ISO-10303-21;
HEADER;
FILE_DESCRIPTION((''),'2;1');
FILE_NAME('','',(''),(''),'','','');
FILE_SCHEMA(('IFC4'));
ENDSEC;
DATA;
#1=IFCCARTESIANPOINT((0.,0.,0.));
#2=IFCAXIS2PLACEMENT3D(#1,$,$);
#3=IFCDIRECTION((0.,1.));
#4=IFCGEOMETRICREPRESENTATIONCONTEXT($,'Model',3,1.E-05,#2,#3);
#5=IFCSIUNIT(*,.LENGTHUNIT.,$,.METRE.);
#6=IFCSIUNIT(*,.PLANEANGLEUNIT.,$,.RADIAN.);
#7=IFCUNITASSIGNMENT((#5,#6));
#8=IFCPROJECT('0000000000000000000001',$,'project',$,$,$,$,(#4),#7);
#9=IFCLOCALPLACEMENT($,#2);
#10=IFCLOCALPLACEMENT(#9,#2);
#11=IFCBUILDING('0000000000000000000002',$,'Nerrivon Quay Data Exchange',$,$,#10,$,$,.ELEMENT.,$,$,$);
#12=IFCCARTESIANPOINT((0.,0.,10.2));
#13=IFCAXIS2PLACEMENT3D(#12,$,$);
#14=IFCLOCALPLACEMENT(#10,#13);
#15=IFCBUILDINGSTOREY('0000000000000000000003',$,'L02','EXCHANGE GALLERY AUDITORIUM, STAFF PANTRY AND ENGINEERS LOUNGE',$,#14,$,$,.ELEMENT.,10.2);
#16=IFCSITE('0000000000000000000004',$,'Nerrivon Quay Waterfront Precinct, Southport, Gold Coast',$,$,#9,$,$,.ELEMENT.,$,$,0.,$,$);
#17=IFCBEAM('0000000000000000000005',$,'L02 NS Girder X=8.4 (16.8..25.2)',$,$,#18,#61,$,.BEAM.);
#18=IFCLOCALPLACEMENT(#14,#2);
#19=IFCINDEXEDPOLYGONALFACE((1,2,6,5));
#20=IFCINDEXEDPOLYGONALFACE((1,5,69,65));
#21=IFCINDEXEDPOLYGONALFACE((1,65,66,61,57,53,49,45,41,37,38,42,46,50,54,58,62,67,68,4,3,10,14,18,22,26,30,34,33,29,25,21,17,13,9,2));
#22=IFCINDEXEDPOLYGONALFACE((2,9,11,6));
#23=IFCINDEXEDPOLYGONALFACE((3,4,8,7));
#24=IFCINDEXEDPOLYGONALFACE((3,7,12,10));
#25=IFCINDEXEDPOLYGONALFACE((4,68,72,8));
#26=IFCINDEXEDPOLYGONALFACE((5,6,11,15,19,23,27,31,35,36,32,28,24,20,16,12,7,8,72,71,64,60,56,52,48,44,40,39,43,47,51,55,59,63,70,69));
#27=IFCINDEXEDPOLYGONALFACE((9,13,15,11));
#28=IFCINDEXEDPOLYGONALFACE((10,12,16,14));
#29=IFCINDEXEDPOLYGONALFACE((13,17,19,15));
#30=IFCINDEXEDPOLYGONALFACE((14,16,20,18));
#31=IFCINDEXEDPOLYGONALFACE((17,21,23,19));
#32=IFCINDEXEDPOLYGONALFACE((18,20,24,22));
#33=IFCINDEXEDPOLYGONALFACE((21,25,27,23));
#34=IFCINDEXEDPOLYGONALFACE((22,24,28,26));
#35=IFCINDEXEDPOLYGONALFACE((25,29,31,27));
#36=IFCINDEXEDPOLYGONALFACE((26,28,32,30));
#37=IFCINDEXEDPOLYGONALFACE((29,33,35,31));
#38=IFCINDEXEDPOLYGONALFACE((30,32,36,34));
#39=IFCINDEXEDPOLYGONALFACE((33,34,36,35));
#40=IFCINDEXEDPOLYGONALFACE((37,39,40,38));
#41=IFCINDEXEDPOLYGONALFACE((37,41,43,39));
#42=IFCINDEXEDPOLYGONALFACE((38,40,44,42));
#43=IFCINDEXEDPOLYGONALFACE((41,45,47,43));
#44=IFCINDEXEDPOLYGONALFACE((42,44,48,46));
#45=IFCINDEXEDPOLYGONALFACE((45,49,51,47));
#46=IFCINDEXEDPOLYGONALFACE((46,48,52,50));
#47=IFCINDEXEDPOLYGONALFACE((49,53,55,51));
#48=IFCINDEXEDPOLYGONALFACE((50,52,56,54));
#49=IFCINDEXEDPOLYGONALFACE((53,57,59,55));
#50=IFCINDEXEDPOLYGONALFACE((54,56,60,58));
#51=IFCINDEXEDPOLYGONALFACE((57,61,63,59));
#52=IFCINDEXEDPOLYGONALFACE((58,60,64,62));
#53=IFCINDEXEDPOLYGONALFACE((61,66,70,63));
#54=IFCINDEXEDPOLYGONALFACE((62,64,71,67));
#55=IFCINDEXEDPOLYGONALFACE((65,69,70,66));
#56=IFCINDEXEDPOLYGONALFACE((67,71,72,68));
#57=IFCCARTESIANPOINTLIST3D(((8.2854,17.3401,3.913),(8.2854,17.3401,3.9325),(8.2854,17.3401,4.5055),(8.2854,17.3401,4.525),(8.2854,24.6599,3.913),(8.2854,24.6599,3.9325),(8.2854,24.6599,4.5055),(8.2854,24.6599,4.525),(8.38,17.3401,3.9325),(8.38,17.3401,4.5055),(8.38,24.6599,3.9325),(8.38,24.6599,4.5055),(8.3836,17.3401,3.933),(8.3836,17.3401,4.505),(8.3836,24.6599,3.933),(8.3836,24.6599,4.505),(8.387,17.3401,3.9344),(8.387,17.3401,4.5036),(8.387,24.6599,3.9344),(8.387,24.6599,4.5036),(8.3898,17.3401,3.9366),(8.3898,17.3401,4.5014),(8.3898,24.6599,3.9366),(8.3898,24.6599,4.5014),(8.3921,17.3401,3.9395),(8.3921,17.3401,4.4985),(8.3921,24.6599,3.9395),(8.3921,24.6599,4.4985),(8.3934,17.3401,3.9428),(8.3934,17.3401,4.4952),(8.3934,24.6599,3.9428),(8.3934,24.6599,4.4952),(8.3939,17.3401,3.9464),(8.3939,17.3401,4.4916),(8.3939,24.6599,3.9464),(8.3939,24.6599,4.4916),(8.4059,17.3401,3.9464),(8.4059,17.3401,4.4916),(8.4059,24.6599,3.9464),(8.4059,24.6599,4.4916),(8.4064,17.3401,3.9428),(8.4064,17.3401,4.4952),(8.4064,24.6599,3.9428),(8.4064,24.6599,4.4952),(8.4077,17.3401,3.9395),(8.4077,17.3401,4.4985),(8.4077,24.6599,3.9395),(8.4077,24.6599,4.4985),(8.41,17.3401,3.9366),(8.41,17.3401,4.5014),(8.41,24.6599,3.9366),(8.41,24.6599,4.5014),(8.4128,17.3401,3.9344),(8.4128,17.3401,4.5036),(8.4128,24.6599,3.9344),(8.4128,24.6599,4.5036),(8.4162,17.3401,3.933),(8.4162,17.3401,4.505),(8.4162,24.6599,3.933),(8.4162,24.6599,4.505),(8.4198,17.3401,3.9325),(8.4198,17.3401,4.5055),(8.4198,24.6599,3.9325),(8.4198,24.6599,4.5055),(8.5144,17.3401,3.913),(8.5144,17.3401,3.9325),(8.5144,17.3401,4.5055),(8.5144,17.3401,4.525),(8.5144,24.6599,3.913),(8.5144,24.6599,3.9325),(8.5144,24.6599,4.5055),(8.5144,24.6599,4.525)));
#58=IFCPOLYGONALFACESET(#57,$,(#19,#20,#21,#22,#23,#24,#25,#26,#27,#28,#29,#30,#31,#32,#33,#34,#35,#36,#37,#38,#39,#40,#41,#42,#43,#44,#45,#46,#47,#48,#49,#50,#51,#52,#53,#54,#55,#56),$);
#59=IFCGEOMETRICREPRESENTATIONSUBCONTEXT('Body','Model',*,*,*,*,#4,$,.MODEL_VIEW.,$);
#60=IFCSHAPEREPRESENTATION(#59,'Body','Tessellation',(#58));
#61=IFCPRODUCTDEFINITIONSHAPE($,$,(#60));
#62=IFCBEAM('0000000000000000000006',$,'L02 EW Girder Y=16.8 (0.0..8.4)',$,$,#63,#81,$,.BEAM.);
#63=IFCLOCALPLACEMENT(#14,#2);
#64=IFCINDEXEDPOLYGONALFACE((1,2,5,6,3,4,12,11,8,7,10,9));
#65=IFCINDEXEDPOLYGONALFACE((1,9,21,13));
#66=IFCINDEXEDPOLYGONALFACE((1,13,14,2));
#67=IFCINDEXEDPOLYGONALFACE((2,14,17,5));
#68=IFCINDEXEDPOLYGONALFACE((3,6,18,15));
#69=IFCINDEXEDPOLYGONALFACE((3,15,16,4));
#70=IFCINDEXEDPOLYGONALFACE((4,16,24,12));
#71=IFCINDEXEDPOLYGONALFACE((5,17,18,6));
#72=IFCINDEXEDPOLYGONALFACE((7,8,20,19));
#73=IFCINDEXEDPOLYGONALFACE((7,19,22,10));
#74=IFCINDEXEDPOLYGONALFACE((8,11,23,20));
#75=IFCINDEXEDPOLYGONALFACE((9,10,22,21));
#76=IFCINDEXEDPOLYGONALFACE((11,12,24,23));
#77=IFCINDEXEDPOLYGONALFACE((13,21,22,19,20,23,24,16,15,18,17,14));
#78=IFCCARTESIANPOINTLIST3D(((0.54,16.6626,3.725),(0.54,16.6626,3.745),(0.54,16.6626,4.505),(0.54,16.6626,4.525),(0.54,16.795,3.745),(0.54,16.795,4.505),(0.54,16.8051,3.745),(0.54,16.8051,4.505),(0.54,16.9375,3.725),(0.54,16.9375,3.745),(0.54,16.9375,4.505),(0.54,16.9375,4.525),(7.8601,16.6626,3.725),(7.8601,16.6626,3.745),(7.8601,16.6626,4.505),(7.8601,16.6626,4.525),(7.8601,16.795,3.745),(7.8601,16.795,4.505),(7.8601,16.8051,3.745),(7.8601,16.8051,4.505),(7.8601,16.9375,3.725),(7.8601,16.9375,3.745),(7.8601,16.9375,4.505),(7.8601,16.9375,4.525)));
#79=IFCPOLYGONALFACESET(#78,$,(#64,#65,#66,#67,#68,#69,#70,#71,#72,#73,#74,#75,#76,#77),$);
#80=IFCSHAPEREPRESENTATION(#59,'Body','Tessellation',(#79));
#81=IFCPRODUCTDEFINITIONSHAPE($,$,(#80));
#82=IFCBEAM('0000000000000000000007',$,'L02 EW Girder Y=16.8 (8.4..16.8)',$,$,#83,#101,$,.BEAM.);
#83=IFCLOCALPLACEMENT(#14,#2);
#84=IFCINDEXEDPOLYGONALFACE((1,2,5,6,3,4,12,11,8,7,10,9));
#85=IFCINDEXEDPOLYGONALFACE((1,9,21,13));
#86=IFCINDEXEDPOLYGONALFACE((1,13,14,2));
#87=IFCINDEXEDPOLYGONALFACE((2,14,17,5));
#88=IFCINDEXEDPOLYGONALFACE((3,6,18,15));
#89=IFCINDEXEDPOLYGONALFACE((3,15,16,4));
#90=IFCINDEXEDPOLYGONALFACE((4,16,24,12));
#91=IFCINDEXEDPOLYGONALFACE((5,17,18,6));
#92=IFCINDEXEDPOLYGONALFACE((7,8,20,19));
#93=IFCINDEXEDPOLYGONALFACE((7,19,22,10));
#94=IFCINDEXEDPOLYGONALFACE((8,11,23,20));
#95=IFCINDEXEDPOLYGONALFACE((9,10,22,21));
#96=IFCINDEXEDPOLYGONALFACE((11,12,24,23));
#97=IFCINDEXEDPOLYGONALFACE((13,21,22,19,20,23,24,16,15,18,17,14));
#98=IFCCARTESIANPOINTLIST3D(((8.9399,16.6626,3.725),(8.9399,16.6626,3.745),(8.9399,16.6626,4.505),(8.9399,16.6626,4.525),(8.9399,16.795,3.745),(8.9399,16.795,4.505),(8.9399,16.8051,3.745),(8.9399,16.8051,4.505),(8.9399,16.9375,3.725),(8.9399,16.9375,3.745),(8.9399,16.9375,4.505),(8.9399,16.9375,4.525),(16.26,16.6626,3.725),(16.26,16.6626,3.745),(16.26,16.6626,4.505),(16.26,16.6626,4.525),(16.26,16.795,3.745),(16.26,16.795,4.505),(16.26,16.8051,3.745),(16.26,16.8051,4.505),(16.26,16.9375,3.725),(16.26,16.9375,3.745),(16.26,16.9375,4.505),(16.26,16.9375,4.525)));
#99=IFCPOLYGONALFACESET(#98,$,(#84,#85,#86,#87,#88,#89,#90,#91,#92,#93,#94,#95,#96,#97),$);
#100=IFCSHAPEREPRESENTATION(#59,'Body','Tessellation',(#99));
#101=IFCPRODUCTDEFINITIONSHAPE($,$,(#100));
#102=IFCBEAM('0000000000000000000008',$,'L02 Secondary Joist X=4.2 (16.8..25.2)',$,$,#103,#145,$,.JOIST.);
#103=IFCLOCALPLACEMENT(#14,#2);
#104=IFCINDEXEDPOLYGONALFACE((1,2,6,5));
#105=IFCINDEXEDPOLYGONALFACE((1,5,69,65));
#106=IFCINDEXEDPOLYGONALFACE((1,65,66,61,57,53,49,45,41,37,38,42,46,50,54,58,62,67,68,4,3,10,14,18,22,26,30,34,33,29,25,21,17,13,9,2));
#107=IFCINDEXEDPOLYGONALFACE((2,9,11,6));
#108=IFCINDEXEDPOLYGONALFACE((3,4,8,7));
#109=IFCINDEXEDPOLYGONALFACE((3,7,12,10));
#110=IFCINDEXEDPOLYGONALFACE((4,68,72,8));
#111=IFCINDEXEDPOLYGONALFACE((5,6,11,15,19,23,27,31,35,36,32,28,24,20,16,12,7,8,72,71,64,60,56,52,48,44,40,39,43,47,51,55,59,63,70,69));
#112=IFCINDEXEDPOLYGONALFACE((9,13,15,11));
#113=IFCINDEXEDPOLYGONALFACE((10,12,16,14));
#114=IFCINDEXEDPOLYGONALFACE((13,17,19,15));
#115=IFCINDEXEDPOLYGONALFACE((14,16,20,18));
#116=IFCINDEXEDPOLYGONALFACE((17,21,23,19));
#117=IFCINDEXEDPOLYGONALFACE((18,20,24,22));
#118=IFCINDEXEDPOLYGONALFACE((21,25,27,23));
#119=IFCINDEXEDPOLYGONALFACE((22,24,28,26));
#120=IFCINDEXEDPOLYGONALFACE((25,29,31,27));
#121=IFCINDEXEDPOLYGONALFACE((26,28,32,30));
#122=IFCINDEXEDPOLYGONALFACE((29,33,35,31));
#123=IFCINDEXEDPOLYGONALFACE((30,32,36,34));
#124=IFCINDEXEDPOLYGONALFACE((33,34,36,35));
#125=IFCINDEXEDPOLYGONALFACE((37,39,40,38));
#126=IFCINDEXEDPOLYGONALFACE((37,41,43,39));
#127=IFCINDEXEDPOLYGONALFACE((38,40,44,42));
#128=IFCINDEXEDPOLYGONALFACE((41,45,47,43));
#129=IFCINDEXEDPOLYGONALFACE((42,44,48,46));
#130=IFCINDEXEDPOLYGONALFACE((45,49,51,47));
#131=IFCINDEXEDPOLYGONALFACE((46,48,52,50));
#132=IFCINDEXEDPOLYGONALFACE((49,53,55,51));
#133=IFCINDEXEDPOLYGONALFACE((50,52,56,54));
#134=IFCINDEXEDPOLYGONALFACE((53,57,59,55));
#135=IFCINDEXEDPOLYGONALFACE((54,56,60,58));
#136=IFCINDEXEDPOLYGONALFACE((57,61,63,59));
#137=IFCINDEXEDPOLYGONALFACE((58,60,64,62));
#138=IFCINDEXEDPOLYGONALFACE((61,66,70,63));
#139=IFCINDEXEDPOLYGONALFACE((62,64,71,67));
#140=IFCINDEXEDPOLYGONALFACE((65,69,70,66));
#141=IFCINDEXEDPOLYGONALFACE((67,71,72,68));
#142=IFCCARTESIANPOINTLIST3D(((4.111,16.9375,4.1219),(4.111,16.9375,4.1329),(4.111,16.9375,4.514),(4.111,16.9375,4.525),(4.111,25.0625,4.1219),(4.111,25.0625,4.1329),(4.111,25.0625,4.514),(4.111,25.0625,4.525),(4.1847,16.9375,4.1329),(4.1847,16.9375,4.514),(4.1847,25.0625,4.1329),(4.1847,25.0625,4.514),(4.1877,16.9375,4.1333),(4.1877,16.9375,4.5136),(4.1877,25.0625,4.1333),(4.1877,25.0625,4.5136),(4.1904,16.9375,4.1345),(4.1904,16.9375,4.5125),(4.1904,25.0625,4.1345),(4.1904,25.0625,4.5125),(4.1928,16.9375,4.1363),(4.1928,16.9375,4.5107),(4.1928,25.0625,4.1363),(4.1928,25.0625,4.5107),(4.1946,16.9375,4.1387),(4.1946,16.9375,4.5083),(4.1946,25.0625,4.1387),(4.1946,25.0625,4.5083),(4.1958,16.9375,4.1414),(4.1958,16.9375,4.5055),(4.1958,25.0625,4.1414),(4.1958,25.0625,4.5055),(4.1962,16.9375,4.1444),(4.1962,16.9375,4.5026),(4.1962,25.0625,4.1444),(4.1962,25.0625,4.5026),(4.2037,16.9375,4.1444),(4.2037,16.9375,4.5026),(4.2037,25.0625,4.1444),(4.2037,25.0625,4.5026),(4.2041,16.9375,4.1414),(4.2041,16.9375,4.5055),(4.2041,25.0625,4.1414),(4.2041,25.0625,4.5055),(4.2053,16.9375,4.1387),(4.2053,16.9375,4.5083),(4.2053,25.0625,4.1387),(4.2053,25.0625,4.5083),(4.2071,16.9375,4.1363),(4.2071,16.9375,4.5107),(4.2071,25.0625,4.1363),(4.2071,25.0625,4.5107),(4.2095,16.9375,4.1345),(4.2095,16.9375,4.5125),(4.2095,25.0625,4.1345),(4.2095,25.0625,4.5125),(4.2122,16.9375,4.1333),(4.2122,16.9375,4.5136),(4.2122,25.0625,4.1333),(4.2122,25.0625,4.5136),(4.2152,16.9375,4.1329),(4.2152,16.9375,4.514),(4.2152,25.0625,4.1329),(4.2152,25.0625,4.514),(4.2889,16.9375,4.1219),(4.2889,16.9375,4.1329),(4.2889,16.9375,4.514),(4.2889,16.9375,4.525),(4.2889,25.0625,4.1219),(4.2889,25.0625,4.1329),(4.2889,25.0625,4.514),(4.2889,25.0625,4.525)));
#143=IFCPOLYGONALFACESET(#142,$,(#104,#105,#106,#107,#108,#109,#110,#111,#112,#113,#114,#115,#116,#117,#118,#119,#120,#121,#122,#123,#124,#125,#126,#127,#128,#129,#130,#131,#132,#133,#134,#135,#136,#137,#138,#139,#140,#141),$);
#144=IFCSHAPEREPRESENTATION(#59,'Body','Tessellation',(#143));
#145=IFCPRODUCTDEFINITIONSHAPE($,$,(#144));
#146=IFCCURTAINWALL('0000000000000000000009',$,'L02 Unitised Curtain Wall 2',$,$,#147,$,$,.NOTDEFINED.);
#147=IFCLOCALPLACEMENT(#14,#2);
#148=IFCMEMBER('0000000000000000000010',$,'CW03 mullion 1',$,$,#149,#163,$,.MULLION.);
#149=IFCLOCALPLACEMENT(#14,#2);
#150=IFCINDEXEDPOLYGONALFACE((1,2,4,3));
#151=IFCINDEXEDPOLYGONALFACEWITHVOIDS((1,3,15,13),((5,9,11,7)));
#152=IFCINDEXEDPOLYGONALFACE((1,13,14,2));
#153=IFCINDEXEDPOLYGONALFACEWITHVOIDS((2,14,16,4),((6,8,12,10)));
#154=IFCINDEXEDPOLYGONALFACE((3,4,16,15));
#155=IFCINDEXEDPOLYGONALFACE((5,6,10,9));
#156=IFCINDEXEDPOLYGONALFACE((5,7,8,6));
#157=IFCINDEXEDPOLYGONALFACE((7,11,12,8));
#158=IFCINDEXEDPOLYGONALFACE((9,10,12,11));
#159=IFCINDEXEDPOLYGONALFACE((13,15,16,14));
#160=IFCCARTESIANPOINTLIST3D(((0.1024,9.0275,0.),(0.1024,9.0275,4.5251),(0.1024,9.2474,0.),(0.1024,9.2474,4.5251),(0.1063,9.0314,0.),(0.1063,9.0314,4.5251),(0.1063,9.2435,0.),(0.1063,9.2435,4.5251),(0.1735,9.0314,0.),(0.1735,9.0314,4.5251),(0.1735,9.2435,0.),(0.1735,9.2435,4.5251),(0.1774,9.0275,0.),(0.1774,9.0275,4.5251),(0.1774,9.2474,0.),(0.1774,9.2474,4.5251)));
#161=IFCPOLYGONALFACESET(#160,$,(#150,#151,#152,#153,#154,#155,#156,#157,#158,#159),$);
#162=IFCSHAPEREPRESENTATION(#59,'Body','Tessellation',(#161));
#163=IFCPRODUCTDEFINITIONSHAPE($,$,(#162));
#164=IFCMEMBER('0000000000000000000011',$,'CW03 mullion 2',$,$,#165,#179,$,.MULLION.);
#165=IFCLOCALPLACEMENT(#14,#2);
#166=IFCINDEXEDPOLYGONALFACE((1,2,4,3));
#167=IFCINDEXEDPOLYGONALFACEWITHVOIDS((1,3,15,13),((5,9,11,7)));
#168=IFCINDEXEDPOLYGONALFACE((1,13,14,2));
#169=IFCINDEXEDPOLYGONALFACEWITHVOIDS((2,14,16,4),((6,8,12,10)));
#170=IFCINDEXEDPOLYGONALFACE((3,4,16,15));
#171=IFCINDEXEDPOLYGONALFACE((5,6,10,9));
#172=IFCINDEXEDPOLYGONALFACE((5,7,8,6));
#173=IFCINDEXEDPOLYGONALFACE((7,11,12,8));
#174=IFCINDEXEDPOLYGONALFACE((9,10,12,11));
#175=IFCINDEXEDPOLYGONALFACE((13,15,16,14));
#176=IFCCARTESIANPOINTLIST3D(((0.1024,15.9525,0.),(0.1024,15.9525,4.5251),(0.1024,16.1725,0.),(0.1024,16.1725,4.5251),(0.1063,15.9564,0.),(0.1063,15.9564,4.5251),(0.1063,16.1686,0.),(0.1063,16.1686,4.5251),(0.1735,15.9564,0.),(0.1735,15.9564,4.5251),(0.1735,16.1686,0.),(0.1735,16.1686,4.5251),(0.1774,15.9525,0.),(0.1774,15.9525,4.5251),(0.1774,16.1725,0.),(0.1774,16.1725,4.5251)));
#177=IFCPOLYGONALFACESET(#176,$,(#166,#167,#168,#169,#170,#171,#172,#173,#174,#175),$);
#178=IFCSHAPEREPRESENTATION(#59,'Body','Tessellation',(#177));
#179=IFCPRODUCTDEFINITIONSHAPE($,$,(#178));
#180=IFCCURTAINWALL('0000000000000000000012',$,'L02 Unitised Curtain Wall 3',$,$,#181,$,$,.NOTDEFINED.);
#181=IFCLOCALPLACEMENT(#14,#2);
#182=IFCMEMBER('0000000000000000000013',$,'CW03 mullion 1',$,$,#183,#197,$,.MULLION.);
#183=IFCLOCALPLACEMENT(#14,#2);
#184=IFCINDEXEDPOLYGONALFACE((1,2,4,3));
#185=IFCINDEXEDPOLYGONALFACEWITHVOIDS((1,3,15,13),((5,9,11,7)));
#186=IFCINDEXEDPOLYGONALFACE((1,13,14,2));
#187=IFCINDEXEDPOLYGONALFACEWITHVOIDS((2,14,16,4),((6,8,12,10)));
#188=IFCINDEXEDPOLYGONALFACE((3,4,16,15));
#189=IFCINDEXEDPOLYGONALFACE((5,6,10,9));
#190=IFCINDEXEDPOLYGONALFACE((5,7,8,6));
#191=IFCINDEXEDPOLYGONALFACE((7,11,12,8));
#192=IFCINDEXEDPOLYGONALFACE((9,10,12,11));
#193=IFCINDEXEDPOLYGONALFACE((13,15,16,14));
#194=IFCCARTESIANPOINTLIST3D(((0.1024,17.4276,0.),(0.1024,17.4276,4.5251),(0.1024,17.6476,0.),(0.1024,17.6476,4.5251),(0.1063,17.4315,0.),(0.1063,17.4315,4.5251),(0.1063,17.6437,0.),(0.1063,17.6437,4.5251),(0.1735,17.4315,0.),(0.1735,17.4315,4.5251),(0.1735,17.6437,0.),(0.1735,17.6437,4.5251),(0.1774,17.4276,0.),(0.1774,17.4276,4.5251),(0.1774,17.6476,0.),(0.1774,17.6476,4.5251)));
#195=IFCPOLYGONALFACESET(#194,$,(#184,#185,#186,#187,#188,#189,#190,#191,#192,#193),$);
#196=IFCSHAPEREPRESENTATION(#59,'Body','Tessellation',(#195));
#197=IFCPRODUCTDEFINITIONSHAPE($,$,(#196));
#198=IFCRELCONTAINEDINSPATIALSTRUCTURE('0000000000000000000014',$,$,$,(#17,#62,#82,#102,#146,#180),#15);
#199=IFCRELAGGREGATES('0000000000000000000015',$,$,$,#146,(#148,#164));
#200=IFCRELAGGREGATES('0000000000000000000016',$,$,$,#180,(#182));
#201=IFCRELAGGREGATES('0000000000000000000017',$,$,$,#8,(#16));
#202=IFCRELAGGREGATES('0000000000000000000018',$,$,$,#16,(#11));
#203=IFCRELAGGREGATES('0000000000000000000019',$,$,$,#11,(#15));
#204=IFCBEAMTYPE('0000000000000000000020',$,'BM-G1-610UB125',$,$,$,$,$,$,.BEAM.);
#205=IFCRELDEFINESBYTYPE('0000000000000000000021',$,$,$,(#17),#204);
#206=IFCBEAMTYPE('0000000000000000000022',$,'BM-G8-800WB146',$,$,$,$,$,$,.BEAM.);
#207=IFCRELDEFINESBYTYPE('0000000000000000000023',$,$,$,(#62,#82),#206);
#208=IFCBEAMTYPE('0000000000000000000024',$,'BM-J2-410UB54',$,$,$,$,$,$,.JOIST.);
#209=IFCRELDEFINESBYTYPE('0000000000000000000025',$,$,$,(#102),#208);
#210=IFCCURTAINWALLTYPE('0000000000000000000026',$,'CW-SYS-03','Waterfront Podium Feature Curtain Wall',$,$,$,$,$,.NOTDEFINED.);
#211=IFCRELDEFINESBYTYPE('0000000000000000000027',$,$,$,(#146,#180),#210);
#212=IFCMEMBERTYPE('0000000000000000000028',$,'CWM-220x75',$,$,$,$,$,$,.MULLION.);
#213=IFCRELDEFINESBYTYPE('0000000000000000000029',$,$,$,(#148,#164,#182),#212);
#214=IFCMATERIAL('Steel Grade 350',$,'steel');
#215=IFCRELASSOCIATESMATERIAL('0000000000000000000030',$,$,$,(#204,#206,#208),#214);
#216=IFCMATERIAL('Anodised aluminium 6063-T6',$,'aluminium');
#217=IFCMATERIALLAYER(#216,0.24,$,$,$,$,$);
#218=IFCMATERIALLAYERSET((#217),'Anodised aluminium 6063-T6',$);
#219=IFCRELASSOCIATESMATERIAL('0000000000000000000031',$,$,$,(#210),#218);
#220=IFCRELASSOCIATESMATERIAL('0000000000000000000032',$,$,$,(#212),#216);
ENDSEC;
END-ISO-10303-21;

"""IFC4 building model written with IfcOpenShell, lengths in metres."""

from ifc_helpers import new_model, si_unit, direction, frame, origin, origin_2d, place, context, subcontext, project, spatial, hollow_rectangle, i_section, extrude, material, layer, layer_set, material_profile, profile_set, type_object, element, aggregate, save


model = new_model("IFC4")

# Units and contexts
model_context = context("Model", 3, precision=1e-05, world=origin(), true_north=direction((0.0, 1.0)))
body_context = subcontext(model_context, "Body", "Model", "MODEL_VIEW")
ifc_project = project(units=[si_unit("LENGTHUNIT", "METRE"), si_unit("PLANEANGLEUNIT", "RADIAN")], contexts=[model_context])

# Site, building, storey
site_placement = place(None, origin())
site = spatial("IfcSite", under=ifc_project, at=site_placement, Name="Nerrivon Quay Waterfront Precinct, Southport, Gold Coast", CompositionType="ELEMENT", RefElevation=0.0)
building_placement = place(site_placement, origin())
building = spatial("IfcBuilding", under=site, at=building_placement, Name="Nerrivon Quay Data Exchange", CompositionType="ELEMENT")
storey_placement = place(building_placement, frame((0.0, 0.0, 10.2)))
storey = spatial("IfcBuildingStorey", under=building, at=storey_placement, Name="L02", Description="EXCHANGE GALLERY AUDITORIUM, STAFF PANTRY AND ENGINEERS LOUNGE", CompositionType="ELEMENT", Elevation=10.2)

# Beams
ifc_material_1 = material(Name="Steel Grade 350", Category="steel")
ifc_material_profile_1 = material_profile(ifc_material_1, i_section(OverallWidth=0.229, OverallDepth=0.6121, WebThickness=0.012, FlangeThickness=0.0195, FilletRadius=0.0139, at=origin_2d()), Name="610UB125")
ifc_profile_set_1 = profile_set([ifc_material_profile_1], Name="Steel Grade 350")
beam_type_1 = type_object("IfcBeamType", Name="BM-G1-610UB125", PredefinedType="BEAM", material=ifc_profile_set_1)
beam_1_placement = place(storey_placement, frame((8.3999, 17.3401, 4.219), z_axis=(0.0, 1.0, 0.0), x_axis=(-1.0, 0.0, 0.0)))
element("IfcBeam", 1, at=beam_1_placement, inside=storey, type_object=beam_type_1, Name="L02 NS Girder X=8.4 (16.8..25.2)", PredefinedType="BEAM", context=body_context, shape_type="SweptSolid", body=[
    extrude(i_section(OverallWidth=0.229, OverallDepth=0.6121, WebThickness=0.012, FlangeThickness=0.0195, FilletRadius=0.0139, at=origin_2d()), origin(), (0.0, 0.0, 1.0), 7.3198),
])
ifc_material_profile_2 = material_profile(ifc_material_1, i_section(OverallWidth=0.2749, OverallDepth=0.8, WebThickness=0.01, FlangeThickness=0.02, at=origin_2d()), Name="800WB146")
ifc_profile_set_2 = profile_set([ifc_material_profile_2], Name="Steel Grade 350")
beam_type_2 = type_object("IfcBeamType", Name="BM-G8-800WB146", PredefinedType="BEAM", material=ifc_profile_set_2)
for number, where, z_axis, x_axis, name in (
    (2, (0.54, 16.8, 4.125), (1.0, 0.0, 0.0), (0.0, 1.0, 0.0), "L02 EW Girder Y=16.8 (0.0..8.4)"),
    (3, (8.9399, 16.8, 4.125), (1.0, 0.0, 0.0), (0.0, 1.0, 0.0), "L02 EW Girder Y=16.8 (8.4..16.8)"),
):
    element("IfcBeam", number, at=place(storey_placement, frame(where, z_axis=z_axis, x_axis=x_axis)), inside=storey, type_object=beam_type_2, Name=name, PredefinedType="BEAM", context=body_context, shape_type="SweptSolid", body=[
        extrude(i_section(OverallWidth=0.2749, OverallDepth=0.8, WebThickness=0.01, FlangeThickness=0.02, at=origin_2d()), origin(), (0.0, 0.0, 1.0), 7.3201),
    ])
ifc_material_profile_3 = material_profile(ifc_material_1, i_section(OverallWidth=0.178, OverallDepth=0.4031, WebThickness=0.0076, FlangeThickness=0.011, FilletRadius=0.0115, at=origin_2d()), Name="410UB53.7")
ifc_profile_set_3 = profile_set([ifc_material_profile_3], Name="Steel Grade 350")
beam_type_3 = type_object("IfcBeamType", Name="BM-J2-410UB54", PredefinedType="JOIST", material=ifc_profile_set_3)
beam_2_placement = place(storey_placement, frame((4.2, 16.9375, 4.3235), z_axis=(0.0, 1.0, 0.0), x_axis=(-1.0, 0.0, 0.0)))
element("IfcBeam", 4, at=beam_2_placement, inside=storey, type_object=beam_type_3, Name="L02 Secondary Joist X=4.2 (16.8..25.2)", PredefinedType="JOIST", context=body_context, shape_type="SweptSolid", body=[
    extrude(i_section(OverallWidth=0.178, OverallDepth=0.4031, WebThickness=0.0076, FlangeThickness=0.011, FilletRadius=0.0115, at=origin_2d()), origin(), (0.0, 0.0, 1.0), 8.125),
])

# Curtain wall, members
ifc_material_2 = material(Name="Anodised aluminium 6063-T6", Category="aluminium")
ifc_layer_1 = layer(ifc_material_2, 0.24)
ifc_layer_set_1 = layer_set([ifc_layer_1], Name="Anodised aluminium 6063-T6")
curtain_wall_type = type_object("IfcCurtainWallType", Name="CW-SYS-03", Description="Waterfront Podium Feature Curtain Wall", PredefinedType="NOTDEFINED", material=ifc_layer_set_1)
curtain_wall_1_placement = place(storey_placement, origin())
curtain_wall_1 = element("IfcCurtainWall", 5, at=curtain_wall_1_placement, inside=storey, type_object=curtain_wall_type, Name="L02 Unitised Curtain Wall 2", PredefinedType="NOTDEFINED")
ifc_material_profile_4 = material_profile(ifc_material_2, hollow_rectangle(XDim=0.075, YDim=0.22, WallThickness=0.0039, at=origin_2d()), Name="ALU-MULL-220x75")
ifc_profile_set_4 = profile_set([ifc_material_profile_4], Name="Anodised aluminium 6063-T6")
member_type_1 = type_object("IfcMemberType", Name="CWM-220x75", PredefinedType="MULLION", material=ifc_profile_set_4)
member_1_placement = place(storey_placement, frame((0.1399, 9.1375, 0.0), z_axis=(0.0, 0.0, 1.0), x_axis=(-1.0, 0.0, 0.0)))
member_1 = element("IfcMember", 6, at=member_1_placement, type_object=member_type_1, Name="CW03 mullion 1", PredefinedType="MULLION", context=body_context, shape_type="SweptSolid", body=[
    extrude(hollow_rectangle(XDim=0.075, YDim=0.22, WallThickness=0.0039, at=origin_2d()), origin(), (0.0, 0.0, 1.0), 4.5251),
])
member_2_placement = place(storey_placement, frame((0.1399, 16.0625, 0.0), z_axis=(0.0, 0.0, 1.0), x_axis=(-1.0, 0.0, 0.0)))
member_2 = element("IfcMember", 7, at=member_2_placement, type_object=member_type_1, Name="CW03 mullion 2", PredefinedType="MULLION", context=body_context, shape_type="SweptSolid", body=[
    extrude(hollow_rectangle(XDim=0.075, YDim=0.22, WallThickness=0.0039, at=origin_2d()), origin(), (0.0, 0.0, 1.0), 4.5251),
])

# Curtain wall, member
curtain_wall_2_placement = place(storey_placement, origin())
curtain_wall_2 = element("IfcCurtainWall", 8, at=curtain_wall_2_placement, inside=storey, type_object=curtain_wall_type, Name="L02 Unitised Curtain Wall 3", PredefinedType="NOTDEFINED")
member_3_placement = place(storey_placement, frame((0.1399, 17.5376, 0.0), z_axis=(0.0, 0.0, 1.0), x_axis=(-1.0, 0.0, 0.0)))
member_3 = element("IfcMember", 9, at=member_3_placement, type_object=member_type_1, Name="CW03 mullion 1", PredefinedType="MULLION", context=body_context, shape_type="SweptSolid", body=[
    extrude(hollow_rectangle(XDim=0.075, YDim=0.22, WallThickness=0.0039, at=origin_2d()), origin(), (0.0, 0.0, 1.0), 4.5251),
])

aggregate(curtain_wall_1, [member_1, member_2])
aggregate(curtain_wall_2, [member_3])

save(model, "model.ifc")
